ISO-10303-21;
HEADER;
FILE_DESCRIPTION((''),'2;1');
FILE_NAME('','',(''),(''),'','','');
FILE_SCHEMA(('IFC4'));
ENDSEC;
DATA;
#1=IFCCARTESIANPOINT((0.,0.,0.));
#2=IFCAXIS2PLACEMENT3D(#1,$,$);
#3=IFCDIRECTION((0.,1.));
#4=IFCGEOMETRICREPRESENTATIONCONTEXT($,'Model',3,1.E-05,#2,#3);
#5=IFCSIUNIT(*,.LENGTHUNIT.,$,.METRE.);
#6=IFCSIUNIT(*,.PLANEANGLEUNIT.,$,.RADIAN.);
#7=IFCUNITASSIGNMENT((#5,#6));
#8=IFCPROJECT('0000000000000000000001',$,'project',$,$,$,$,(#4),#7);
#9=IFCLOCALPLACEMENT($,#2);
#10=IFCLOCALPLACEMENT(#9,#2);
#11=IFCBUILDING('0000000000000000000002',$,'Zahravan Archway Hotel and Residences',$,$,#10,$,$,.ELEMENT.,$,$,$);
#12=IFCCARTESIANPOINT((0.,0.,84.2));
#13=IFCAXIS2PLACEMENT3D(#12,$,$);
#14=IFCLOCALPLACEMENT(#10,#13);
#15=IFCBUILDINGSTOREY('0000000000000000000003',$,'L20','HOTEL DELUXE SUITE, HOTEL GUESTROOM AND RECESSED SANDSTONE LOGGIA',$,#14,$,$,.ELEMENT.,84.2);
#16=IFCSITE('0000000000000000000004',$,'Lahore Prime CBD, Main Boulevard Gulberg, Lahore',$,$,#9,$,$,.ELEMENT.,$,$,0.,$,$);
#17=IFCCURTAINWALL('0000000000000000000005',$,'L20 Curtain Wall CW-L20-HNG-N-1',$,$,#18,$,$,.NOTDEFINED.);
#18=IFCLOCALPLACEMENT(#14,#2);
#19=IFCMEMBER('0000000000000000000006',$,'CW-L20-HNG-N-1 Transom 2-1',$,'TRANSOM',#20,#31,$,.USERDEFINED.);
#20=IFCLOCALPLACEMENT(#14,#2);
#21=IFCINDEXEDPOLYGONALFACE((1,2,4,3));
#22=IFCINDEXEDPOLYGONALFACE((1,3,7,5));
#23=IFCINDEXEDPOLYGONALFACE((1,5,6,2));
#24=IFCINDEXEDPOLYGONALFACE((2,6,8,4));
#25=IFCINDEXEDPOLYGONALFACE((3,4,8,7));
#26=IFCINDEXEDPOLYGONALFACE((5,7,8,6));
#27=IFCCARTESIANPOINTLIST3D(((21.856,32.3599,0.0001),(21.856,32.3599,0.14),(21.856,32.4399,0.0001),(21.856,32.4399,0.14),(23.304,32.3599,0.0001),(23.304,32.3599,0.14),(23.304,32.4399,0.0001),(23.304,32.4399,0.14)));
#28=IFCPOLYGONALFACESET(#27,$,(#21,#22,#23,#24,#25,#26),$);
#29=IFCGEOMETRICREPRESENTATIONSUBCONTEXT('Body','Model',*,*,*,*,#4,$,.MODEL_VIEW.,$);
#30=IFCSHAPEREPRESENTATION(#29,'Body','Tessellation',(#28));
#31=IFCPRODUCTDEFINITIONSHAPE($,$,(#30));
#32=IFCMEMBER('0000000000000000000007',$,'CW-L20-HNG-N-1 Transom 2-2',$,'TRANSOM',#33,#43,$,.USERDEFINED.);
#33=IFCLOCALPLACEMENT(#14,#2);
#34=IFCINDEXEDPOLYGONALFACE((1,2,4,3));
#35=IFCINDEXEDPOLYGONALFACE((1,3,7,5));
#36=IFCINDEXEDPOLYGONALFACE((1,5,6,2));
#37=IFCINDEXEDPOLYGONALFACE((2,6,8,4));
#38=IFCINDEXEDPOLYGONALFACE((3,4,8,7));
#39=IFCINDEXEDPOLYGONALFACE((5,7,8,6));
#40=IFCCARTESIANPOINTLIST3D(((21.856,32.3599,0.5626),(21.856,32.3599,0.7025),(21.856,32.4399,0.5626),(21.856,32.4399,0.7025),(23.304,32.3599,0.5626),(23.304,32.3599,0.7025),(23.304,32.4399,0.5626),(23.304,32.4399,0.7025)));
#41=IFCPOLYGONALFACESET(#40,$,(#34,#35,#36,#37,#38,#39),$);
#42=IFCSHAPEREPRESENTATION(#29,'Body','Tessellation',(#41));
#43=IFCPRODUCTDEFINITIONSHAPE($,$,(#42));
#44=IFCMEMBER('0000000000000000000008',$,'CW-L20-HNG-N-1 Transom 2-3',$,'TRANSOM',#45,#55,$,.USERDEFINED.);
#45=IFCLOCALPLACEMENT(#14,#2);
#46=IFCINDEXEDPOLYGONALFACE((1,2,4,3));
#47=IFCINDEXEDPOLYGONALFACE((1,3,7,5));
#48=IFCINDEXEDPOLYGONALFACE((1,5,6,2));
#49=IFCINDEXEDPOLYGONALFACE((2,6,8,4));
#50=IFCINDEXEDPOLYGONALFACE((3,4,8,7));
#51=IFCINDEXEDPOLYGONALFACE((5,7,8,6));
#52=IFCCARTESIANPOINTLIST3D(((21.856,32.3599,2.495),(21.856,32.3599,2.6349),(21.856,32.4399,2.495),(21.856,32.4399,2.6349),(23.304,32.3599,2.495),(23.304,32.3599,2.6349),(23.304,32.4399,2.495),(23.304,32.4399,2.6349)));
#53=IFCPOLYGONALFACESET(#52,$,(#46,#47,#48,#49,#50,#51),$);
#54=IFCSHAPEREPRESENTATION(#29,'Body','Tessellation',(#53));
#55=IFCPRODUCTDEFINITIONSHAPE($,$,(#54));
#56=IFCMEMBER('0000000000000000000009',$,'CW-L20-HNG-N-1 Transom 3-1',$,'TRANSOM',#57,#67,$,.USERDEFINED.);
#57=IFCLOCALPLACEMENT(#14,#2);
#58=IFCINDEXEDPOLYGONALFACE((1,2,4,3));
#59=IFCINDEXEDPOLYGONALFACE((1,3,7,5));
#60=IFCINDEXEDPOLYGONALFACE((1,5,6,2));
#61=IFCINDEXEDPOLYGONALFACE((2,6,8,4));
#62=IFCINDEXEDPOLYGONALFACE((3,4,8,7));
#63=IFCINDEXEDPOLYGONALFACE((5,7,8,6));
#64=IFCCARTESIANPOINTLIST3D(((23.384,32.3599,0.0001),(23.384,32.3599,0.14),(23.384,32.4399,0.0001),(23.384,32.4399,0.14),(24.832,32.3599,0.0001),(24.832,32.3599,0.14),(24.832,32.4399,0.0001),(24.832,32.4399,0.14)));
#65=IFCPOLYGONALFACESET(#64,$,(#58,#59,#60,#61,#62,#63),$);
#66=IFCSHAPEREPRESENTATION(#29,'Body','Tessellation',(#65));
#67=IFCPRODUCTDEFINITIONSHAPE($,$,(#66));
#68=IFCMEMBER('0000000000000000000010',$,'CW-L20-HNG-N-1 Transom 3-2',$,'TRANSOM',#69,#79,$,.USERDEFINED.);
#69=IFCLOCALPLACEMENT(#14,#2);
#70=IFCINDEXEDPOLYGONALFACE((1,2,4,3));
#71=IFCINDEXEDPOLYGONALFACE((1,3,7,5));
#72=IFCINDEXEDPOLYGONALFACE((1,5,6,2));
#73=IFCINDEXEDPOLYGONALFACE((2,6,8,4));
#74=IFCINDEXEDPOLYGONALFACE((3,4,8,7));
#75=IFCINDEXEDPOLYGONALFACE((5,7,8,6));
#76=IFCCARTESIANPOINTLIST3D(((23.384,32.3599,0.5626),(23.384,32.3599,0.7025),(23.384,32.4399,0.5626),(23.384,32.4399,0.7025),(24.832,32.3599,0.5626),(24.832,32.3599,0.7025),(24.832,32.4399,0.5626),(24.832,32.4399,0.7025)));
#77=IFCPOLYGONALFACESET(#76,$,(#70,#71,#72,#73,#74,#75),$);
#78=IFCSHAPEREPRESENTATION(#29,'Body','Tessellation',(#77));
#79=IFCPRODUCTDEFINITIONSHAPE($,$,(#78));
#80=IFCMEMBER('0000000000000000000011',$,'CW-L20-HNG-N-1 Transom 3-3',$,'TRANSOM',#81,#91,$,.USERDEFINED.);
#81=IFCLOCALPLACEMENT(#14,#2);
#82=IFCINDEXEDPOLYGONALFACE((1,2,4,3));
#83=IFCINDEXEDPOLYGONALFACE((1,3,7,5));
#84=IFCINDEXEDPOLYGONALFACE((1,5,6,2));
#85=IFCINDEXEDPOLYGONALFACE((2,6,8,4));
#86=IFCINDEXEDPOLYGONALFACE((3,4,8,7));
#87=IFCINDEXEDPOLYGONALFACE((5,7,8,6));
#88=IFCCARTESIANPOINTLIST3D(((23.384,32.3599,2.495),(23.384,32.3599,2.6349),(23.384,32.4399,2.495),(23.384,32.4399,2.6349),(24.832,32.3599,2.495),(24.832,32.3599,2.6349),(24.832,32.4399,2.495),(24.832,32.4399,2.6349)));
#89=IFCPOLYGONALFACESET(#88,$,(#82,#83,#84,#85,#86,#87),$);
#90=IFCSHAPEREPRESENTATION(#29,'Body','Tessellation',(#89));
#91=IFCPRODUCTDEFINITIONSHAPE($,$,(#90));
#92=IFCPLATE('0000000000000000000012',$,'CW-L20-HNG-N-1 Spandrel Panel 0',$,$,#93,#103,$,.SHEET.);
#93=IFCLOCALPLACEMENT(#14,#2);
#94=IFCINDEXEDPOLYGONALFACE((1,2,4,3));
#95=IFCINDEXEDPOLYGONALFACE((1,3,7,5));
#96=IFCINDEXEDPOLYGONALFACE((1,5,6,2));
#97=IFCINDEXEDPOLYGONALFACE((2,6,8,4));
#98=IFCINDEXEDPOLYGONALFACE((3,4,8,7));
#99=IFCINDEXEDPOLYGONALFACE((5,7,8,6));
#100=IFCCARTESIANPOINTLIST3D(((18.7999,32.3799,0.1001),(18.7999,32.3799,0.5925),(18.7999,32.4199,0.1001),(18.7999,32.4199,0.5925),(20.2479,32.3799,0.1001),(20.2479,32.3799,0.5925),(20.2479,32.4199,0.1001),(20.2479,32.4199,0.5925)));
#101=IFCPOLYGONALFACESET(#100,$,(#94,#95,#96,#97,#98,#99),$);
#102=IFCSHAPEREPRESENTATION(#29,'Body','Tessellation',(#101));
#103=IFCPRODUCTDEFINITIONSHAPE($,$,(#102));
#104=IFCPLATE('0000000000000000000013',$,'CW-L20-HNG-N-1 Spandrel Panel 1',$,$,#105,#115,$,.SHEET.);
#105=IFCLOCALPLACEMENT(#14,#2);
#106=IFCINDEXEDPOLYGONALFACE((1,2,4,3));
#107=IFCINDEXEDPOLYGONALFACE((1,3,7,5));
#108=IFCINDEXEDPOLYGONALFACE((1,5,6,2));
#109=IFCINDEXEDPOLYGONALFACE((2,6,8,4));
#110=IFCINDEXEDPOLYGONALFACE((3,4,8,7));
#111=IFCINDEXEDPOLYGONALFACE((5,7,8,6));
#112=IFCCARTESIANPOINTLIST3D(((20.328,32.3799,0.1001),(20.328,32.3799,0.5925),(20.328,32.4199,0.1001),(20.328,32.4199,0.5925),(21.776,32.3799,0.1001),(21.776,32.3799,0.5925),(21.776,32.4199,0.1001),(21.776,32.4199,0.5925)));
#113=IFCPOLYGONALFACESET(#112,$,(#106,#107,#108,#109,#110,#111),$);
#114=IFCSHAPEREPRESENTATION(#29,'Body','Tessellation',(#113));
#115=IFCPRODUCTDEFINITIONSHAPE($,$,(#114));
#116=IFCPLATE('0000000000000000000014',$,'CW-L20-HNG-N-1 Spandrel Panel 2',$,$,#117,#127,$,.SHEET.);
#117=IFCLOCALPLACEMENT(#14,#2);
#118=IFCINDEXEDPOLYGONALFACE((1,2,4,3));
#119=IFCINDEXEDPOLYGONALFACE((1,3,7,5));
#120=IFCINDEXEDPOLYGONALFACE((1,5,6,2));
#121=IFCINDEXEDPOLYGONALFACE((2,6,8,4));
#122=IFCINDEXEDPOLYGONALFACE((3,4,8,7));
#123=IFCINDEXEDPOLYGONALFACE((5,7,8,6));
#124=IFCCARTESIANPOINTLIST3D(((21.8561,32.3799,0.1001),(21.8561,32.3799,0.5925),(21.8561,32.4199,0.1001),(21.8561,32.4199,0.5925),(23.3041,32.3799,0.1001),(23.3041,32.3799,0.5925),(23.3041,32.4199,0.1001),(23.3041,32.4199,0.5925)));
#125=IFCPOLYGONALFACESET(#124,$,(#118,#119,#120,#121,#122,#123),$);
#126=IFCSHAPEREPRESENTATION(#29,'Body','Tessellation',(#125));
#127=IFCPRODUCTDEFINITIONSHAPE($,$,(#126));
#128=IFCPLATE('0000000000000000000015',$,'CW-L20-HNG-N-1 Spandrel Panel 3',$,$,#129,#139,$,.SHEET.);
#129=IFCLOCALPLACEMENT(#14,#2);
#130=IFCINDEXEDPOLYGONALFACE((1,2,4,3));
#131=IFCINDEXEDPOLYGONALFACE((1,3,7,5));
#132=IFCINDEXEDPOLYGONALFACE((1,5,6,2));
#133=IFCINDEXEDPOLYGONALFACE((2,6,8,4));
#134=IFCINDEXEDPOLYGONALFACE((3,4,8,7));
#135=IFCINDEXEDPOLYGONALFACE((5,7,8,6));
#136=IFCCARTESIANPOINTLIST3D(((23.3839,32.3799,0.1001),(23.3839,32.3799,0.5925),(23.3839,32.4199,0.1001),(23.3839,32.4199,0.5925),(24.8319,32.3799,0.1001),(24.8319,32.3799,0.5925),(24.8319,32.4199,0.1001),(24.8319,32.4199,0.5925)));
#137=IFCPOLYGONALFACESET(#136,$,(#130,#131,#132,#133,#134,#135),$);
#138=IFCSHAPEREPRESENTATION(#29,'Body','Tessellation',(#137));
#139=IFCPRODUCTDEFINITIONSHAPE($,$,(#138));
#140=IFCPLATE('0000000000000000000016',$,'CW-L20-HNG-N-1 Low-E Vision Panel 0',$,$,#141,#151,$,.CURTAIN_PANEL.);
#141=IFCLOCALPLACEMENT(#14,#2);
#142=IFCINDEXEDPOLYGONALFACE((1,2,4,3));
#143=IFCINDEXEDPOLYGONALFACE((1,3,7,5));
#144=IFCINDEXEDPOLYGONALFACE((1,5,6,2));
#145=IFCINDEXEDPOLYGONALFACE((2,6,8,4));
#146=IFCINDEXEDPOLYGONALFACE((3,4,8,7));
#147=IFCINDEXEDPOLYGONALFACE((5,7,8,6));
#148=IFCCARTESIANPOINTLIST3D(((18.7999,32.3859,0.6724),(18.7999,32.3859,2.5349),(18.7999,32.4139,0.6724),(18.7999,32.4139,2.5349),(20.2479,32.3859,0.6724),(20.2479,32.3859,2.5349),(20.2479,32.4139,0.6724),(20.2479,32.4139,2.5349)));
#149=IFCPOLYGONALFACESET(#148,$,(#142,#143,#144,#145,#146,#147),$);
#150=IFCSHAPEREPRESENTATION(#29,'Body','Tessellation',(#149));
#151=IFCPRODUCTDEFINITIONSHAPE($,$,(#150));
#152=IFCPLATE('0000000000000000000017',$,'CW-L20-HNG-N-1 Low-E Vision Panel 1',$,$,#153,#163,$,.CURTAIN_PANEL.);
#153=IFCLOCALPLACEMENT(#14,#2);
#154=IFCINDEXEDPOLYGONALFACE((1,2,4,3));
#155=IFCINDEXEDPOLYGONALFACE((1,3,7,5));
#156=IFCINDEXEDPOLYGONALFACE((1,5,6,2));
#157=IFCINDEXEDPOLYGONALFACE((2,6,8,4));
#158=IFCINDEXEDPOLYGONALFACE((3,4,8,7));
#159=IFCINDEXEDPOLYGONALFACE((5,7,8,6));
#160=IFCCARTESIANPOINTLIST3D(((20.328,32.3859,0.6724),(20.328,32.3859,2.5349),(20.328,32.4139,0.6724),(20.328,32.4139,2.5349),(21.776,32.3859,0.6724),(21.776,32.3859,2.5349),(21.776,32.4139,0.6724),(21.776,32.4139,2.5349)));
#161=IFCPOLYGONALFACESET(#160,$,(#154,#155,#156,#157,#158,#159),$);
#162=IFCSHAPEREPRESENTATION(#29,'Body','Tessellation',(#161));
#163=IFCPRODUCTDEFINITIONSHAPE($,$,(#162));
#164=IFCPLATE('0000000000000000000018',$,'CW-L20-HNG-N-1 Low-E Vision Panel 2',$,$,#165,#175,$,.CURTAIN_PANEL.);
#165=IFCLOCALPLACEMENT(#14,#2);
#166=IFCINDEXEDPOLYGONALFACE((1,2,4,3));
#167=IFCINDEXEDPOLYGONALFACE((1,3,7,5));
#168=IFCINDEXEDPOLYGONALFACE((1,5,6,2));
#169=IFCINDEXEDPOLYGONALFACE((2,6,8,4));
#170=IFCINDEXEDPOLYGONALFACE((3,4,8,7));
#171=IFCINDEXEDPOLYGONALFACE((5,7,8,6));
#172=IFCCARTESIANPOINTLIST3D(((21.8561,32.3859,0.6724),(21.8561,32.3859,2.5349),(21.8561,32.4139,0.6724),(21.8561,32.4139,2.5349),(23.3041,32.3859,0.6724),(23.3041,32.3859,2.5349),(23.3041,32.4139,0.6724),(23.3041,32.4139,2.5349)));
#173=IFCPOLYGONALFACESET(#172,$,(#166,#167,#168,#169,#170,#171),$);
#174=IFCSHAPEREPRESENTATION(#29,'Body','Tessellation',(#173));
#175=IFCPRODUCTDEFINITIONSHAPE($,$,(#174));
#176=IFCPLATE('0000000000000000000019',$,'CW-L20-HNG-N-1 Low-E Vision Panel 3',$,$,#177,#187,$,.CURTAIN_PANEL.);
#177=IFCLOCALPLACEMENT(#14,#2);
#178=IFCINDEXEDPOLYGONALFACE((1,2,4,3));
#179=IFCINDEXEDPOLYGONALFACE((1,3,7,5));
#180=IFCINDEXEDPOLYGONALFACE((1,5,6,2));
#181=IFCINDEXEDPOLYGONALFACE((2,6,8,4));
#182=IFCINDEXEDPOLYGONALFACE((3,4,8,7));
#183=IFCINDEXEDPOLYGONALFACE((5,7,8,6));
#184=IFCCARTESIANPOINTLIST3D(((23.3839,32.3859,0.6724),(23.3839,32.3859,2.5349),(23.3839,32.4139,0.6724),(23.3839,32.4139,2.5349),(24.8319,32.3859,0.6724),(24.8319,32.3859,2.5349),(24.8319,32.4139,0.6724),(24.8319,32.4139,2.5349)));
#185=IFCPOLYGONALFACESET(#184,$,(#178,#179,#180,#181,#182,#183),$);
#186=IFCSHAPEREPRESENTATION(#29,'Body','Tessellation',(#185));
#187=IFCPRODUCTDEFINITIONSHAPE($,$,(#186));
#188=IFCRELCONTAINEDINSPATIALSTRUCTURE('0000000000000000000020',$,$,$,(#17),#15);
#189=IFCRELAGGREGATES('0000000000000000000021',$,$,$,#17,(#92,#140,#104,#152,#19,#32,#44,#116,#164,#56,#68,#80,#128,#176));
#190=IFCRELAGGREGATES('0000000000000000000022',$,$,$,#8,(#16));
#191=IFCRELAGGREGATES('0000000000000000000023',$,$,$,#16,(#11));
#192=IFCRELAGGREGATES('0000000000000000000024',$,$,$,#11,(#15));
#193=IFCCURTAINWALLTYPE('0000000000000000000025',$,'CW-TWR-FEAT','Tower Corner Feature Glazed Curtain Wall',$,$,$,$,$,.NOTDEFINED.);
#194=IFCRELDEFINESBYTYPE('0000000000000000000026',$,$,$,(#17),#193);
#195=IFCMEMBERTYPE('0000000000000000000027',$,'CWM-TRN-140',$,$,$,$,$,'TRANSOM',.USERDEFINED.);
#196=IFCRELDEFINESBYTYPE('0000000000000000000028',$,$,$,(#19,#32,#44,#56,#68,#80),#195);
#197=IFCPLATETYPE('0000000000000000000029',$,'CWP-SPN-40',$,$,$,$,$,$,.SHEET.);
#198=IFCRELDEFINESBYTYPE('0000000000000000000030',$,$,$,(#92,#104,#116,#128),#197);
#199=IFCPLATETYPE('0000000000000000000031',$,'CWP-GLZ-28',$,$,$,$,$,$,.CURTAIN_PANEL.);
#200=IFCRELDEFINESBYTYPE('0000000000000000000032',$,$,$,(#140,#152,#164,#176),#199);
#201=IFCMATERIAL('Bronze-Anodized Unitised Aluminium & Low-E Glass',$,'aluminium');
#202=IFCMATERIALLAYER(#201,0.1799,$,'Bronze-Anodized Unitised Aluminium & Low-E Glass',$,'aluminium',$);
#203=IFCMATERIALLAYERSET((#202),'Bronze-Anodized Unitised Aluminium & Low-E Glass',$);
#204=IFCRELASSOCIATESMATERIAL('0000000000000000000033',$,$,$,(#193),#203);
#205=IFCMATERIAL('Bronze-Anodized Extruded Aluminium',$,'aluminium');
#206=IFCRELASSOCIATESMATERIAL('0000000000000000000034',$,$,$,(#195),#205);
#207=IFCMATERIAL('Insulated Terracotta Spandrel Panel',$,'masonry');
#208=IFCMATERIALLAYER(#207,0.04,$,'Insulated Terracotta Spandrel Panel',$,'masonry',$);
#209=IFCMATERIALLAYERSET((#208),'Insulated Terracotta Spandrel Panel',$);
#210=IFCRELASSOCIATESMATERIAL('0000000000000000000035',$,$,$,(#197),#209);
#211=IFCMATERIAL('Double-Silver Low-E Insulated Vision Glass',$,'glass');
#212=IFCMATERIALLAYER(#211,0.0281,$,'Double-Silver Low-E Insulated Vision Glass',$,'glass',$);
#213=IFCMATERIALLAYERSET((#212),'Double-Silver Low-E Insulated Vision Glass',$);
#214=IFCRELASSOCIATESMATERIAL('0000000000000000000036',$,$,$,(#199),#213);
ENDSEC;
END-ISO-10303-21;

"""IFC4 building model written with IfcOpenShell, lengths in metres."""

from ifc_helpers import new_model, si_unit, direction, frame, origin, origin_2d, place, context, subcontext, project, spatial, rectangle, extrude, source, transform, mapped, material, layer, layer_set, material_profile, profile_set, type_object, element, aggregate, save


model = new_model("IFC4")

# Units and contexts
model_context = context("Model", 3, precision=1e-05, world=origin(), true_north=direction((0.0, 1.0)))
body_context = subcontext(model_context, "Body", "Model", "MODEL_VIEW")
ifc_project = project(units=[si_unit("LENGTHUNIT", "METRE"), si_unit("PLANEANGLEUNIT", "RADIAN")], contexts=[model_context])

# Site, building, storey
site_placement = place(None, origin())
site = spatial("IfcSite", under=ifc_project, at=site_placement, Name="Lahore Prime CBD, Main Boulevard Gulberg, Lahore", CompositionType="ELEMENT", RefElevation=0.0)
building_placement = place(site_placement, origin())
building = spatial("IfcBuilding", under=site, at=building_placement, Name="Zahravan Archway Hotel and Residences", CompositionType="ELEMENT")
storey_placement = place(building_placement, frame((0.0, 0.0, 84.2)))
storey = spatial("IfcBuildingStorey", under=building, at=storey_placement, Name="L20", Description="HOTEL DELUXE SUITE, HOTEL GUESTROOM AND RECESSED SANDSTONE LOGGIA", CompositionType="ELEMENT", Elevation=84.2)

# Curtain wall, members, plates
ifc_material_1 = material(Name="Bronze-Anodized Unitised Aluminium & Low-E Glass", Category="aluminium")
ifc_layer_1 = layer(ifc_material_1, 0.1799, Name="Bronze-Anodized Unitised Aluminium & Low-E Glass", Category="aluminium")
ifc_layer_set_1 = layer_set([ifc_layer_1], Name="Bronze-Anodized Unitised Aluminium & Low-E Glass")
curtain_wall_type = type_object("IfcCurtainWallType", Name="CW-TWR-FEAT", Description="Tower Corner Feature Glazed Curtain Wall", PredefinedType="NOTDEFINED", material=ifc_layer_set_1)
curtain_wall_placement = place(storey_placement, origin())
curtain_wall = element("IfcCurtainWall", 1, at=curtain_wall_placement, inside=storey, type_object=curtain_wall_type, Name="L20 Curtain Wall CW-L20-HNG-N-1", PredefinedType="NOTDEFINED")
ifc_material_2 = material(Name="Bronze-Anodized Extruded Aluminium", Category="aluminium")
ifc_material_profile_1 = material_profile(ifc_material_2, rectangle(XDim=0.0801, YDim=0.1399, at=origin_2d()), Name="TRN 80x140", Category="aluminium")
ifc_profile_set_1 = profile_set([ifc_material_profile_1], Name="Bronze-Anodized Extruded Aluminium")
member_type_1 = type_object("IfcMemberType", Name="CWM-TRN-140", ElementType="TRANSOM", PredefinedType="USERDEFINED", material=ifc_profile_set_1)
shared_shape_1 = source(origin(), body_context, "Body", "SweptSolid", [
    extrude(rectangle(XDim=0.0801, YDim=0.1399, at=origin_2d()), origin(), (0.0, 0.0, 1.0), 1.448),
])
member_1_placement = place(storey_placement, frame((21.856, 32.3999, 0.0701), z_axis=(1.0, 0.0, 0.0), x_axis=(0.0, 1.0, 0.0)))
member_1 = element("IfcMember", 2, at=member_1_placement, type_object=member_type_1, Name="CW-L20-HNG-N-1 Transom 2-1", ObjectType="TRANSOM", PredefinedType="USERDEFINED", context=body_context, shape_type="MappedRepresentation", body=[
    mapped(shared_shape_1, transform((0.0, 0.0, 0.0), scale=1.0)),
])
member_2_placement = place(storey_placement, frame((21.856, 32.3999, 0.6326), z_axis=(1.0, 0.0, 0.0), x_axis=(0.0, 1.0, 0.0)))
member_2 = element("IfcMember", 3, at=member_2_placement, type_object=member_type_1, Name="CW-L20-HNG-N-1 Transom 2-2", ObjectType="TRANSOM", PredefinedType="USERDEFINED", context=body_context, shape_type="MappedRepresentation", body=[
    mapped(shared_shape_1, transform((0.0, 0.0, 0.0), scale=1.0)),
])
member_3_placement = place(storey_placement, frame((21.856, 32.3999, 2.5649), z_axis=(1.0, 0.0, 0.0), x_axis=(0.0, 1.0, 0.0)))
member_3 = element("IfcMember", 4, at=member_3_placement, type_object=member_type_1, Name="CW-L20-HNG-N-1 Transom 2-3", ObjectType="TRANSOM", PredefinedType="USERDEFINED", context=body_context, shape_type="MappedRepresentation", body=[
    mapped(shared_shape_1, transform((0.0, 0.0, 0.0), scale=1.0)),
])
member_4_placement = place(storey_placement, frame((23.384, 32.3999, 0.0701), z_axis=(1.0, 0.0, 0.0), x_axis=(0.0, 1.0, 0.0)))
member_4 = element("IfcMember", 5, at=member_4_placement, type_object=member_type_1, Name="CW-L20-HNG-N-1 Transom 3-1", ObjectType="TRANSOM", PredefinedType="USERDEFINED", context=body_context, shape_type="MappedRepresentation", body=[
    mapped(shared_shape_1, transform((0.0, 0.0, 0.0), scale=1.0)),
])
member_5_placement = place(storey_placement, frame((23.384, 32.3999, 0.6326), z_axis=(1.0, 0.0, 0.0), x_axis=(0.0, 1.0, 0.0)))
member_5 = element("IfcMember", 6, at=member_5_placement, type_object=member_type_1, Name="CW-L20-HNG-N-1 Transom 3-2", ObjectType="TRANSOM", PredefinedType="USERDEFINED", context=body_context, shape_type="MappedRepresentation", body=[
    mapped(shared_shape_1, transform((0.0, 0.0, 0.0), scale=1.0)),
])
member_6_placement = place(storey_placement, frame((23.384, 32.3999, 2.5649), z_axis=(1.0, 0.0, 0.0), x_axis=(0.0, 1.0, 0.0)))
member_6 = element("IfcMember", 7, at=member_6_placement, type_object=member_type_1, Name="CW-L20-HNG-N-1 Transom 3-3", ObjectType="TRANSOM", PredefinedType="USERDEFINED", context=body_context, shape_type="MappedRepresentation", body=[
    mapped(shared_shape_1, transform((0.0, 0.0, 0.0), scale=1.0)),
])
ifc_material_3 = material(Name="Insulated Terracotta Spandrel Panel", Category="masonry")
ifc_layer_2 = layer(ifc_material_3, 0.04, Name="Insulated Terracotta Spandrel Panel", Category="masonry")
ifc_layer_set_2 = layer_set([ifc_layer_2], Name="Insulated Terracotta Spandrel Panel")
plate_type_1 = type_object("IfcPlateType", Name="CWP-SPN-40", PredefinedType="SHEET", material=ifc_layer_set_2)
shared_shape_2 = source(origin(), body_context, "Body", "SweptSolid", [
    extrude(rectangle(XDim=1.448, YDim=0.04, at=origin_2d()), origin(), (0.0, 0.0, 1.0), 0.4924),
])
plate_1_placement = place(storey_placement, frame((19.5239, 32.3999, 0.1001), z_axis=(0.0, 0.0, 1.0), x_axis=(1.0, 0.0, 0.0)))
plate_1 = element("IfcPlate", 8, at=plate_1_placement, type_object=plate_type_1, Name="CW-L20-HNG-N-1 Spandrel Panel 0", PredefinedType="SHEET", context=body_context, shape_type="MappedRepresentation", body=[
    mapped(shared_shape_2, transform((0.0, 0.0, 0.0), scale=1.0)),
])
plate_2_placement = place(storey_placement, frame((21.052, 32.3999, 0.1001), z_axis=(0.0, 0.0, 1.0), x_axis=(1.0, 0.0, 0.0)))
plate_2 = element("IfcPlate", 9, at=plate_2_placement, type_object=plate_type_1, Name="CW-L20-HNG-N-1 Spandrel Panel 1", PredefinedType="SHEET", context=body_context, shape_type="MappedRepresentation", body=[
    mapped(shared_shape_2, transform((0.0, 0.0, 0.0), scale=1.0)),
])
plate_3_placement = place(storey_placement, frame((22.5801, 32.3999, 0.1001), z_axis=(0.0, 0.0, 1.0), x_axis=(1.0, 0.0, 0.0)))
plate_3 = element("IfcPlate", 10, at=plate_3_placement, type_object=plate_type_1, Name="CW-L20-HNG-N-1 Spandrel Panel 2", PredefinedType="SHEET", context=body_context, shape_type="MappedRepresentation", body=[
    mapped(shared_shape_2, transform((0.0, 0.0, 0.0), scale=1.0)),
])
plate_4_placement = place(storey_placement, frame((24.1079, 32.3999, 0.1001), z_axis=(0.0, 0.0, 1.0), x_axis=(1.0, 0.0, 0.0)))
plate_4 = element("IfcPlate", 11, at=plate_4_placement, type_object=plate_type_1, Name="CW-L20-HNG-N-1 Spandrel Panel 3", PredefinedType="SHEET", context=body_context, shape_type="MappedRepresentation", body=[
    mapped(shared_shape_2, transform((0.0, 0.0, 0.0), scale=1.0)),
])
ifc_material_4 = material(Name="Double-Silver Low-E Insulated Vision Glass", Category="glass")
ifc_layer_3 = layer(ifc_material_4, 0.0281, Name="Double-Silver Low-E Insulated Vision Glass", Category="glass")
ifc_layer_set_3 = layer_set([ifc_layer_3], Name="Double-Silver Low-E Insulated Vision Glass")
plate_type_2 = type_object("IfcPlateType", Name="CWP-GLZ-28", PredefinedType="CURTAIN_PANEL", material=ifc_layer_set_3)
shared_shape_3 = source(origin(), body_context, "Body", "SweptSolid", [
    extrude(rectangle(XDim=1.448, YDim=0.0281, at=origin_2d()), origin(), (0.0, 0.0, 1.0), 1.8625),
])
plate_5_placement = place(storey_placement, frame((19.5239, 32.3999, 0.6724), z_axis=(0.0, 0.0, 1.0), x_axis=(1.0, 0.0, 0.0)))
plate_5 = element("IfcPlate", 12, at=plate_5_placement, type_object=plate_type_2, Name="CW-L20-HNG-N-1 Low-E Vision Panel 0", PredefinedType="CURTAIN_PANEL", context=body_context, shape_type="MappedRepresentation", body=[
    mapped(shared_shape_3, transform((0.0, 0.0, 0.0), scale=1.0)),
])
plate_6_placement = place(storey_placement, frame((21.052, 32.3999, 0.6724), z_axis=(0.0, 0.0, 1.0), x_axis=(1.0, 0.0, 0.0)))
plate_6 = element("IfcPlate", 13, at=plate_6_placement, type_object=plate_type_2, Name="CW-L20-HNG-N-1 Low-E Vision Panel 1", PredefinedType="CURTAIN_PANEL", context=body_context, shape_type="MappedRepresentation", body=[
    mapped(shared_shape_3, transform((0.0, 0.0, 0.0), scale=1.0)),
])
plate_7_placement = place(storey_placement, frame((22.5801, 32.3999, 0.6724), z_axis=(0.0, 0.0, 1.0), x_axis=(1.0, 0.0, 0.0)))
plate_7 = element("IfcPlate", 14, at=plate_7_placement, type_object=plate_type_2, Name="CW-L20-HNG-N-1 Low-E Vision Panel 2", PredefinedType="CURTAIN_PANEL", context=body_context, shape_type="MappedRepresentation", body=[
    mapped(shared_shape_3, transform((0.0, 0.0, 0.0), scale=1.0)),
])
plate_8_placement = place(storey_placement, frame((24.1079, 32.3999, 0.6724), z_axis=(0.0, 0.0, 1.0), x_axis=(1.0, 0.0, 0.0)))
plate_8 = element("IfcPlate", 15, at=plate_8_placement, type_object=plate_type_2, Name="CW-L20-HNG-N-1 Low-E Vision Panel 3", PredefinedType="CURTAIN_PANEL", context=body_context, shape_type="MappedRepresentation", body=[
    mapped(shared_shape_3, transform((0.0, 0.0, 0.0), scale=1.0)),
])
aggregate(curtain_wall, [plate_1, plate_5, plate_2, plate_6, member_1, member_2, member_3, plate_3, plate_7, member_4, member_5, member_6, plate_4, plate_8])

save(model, "model.ifc")
